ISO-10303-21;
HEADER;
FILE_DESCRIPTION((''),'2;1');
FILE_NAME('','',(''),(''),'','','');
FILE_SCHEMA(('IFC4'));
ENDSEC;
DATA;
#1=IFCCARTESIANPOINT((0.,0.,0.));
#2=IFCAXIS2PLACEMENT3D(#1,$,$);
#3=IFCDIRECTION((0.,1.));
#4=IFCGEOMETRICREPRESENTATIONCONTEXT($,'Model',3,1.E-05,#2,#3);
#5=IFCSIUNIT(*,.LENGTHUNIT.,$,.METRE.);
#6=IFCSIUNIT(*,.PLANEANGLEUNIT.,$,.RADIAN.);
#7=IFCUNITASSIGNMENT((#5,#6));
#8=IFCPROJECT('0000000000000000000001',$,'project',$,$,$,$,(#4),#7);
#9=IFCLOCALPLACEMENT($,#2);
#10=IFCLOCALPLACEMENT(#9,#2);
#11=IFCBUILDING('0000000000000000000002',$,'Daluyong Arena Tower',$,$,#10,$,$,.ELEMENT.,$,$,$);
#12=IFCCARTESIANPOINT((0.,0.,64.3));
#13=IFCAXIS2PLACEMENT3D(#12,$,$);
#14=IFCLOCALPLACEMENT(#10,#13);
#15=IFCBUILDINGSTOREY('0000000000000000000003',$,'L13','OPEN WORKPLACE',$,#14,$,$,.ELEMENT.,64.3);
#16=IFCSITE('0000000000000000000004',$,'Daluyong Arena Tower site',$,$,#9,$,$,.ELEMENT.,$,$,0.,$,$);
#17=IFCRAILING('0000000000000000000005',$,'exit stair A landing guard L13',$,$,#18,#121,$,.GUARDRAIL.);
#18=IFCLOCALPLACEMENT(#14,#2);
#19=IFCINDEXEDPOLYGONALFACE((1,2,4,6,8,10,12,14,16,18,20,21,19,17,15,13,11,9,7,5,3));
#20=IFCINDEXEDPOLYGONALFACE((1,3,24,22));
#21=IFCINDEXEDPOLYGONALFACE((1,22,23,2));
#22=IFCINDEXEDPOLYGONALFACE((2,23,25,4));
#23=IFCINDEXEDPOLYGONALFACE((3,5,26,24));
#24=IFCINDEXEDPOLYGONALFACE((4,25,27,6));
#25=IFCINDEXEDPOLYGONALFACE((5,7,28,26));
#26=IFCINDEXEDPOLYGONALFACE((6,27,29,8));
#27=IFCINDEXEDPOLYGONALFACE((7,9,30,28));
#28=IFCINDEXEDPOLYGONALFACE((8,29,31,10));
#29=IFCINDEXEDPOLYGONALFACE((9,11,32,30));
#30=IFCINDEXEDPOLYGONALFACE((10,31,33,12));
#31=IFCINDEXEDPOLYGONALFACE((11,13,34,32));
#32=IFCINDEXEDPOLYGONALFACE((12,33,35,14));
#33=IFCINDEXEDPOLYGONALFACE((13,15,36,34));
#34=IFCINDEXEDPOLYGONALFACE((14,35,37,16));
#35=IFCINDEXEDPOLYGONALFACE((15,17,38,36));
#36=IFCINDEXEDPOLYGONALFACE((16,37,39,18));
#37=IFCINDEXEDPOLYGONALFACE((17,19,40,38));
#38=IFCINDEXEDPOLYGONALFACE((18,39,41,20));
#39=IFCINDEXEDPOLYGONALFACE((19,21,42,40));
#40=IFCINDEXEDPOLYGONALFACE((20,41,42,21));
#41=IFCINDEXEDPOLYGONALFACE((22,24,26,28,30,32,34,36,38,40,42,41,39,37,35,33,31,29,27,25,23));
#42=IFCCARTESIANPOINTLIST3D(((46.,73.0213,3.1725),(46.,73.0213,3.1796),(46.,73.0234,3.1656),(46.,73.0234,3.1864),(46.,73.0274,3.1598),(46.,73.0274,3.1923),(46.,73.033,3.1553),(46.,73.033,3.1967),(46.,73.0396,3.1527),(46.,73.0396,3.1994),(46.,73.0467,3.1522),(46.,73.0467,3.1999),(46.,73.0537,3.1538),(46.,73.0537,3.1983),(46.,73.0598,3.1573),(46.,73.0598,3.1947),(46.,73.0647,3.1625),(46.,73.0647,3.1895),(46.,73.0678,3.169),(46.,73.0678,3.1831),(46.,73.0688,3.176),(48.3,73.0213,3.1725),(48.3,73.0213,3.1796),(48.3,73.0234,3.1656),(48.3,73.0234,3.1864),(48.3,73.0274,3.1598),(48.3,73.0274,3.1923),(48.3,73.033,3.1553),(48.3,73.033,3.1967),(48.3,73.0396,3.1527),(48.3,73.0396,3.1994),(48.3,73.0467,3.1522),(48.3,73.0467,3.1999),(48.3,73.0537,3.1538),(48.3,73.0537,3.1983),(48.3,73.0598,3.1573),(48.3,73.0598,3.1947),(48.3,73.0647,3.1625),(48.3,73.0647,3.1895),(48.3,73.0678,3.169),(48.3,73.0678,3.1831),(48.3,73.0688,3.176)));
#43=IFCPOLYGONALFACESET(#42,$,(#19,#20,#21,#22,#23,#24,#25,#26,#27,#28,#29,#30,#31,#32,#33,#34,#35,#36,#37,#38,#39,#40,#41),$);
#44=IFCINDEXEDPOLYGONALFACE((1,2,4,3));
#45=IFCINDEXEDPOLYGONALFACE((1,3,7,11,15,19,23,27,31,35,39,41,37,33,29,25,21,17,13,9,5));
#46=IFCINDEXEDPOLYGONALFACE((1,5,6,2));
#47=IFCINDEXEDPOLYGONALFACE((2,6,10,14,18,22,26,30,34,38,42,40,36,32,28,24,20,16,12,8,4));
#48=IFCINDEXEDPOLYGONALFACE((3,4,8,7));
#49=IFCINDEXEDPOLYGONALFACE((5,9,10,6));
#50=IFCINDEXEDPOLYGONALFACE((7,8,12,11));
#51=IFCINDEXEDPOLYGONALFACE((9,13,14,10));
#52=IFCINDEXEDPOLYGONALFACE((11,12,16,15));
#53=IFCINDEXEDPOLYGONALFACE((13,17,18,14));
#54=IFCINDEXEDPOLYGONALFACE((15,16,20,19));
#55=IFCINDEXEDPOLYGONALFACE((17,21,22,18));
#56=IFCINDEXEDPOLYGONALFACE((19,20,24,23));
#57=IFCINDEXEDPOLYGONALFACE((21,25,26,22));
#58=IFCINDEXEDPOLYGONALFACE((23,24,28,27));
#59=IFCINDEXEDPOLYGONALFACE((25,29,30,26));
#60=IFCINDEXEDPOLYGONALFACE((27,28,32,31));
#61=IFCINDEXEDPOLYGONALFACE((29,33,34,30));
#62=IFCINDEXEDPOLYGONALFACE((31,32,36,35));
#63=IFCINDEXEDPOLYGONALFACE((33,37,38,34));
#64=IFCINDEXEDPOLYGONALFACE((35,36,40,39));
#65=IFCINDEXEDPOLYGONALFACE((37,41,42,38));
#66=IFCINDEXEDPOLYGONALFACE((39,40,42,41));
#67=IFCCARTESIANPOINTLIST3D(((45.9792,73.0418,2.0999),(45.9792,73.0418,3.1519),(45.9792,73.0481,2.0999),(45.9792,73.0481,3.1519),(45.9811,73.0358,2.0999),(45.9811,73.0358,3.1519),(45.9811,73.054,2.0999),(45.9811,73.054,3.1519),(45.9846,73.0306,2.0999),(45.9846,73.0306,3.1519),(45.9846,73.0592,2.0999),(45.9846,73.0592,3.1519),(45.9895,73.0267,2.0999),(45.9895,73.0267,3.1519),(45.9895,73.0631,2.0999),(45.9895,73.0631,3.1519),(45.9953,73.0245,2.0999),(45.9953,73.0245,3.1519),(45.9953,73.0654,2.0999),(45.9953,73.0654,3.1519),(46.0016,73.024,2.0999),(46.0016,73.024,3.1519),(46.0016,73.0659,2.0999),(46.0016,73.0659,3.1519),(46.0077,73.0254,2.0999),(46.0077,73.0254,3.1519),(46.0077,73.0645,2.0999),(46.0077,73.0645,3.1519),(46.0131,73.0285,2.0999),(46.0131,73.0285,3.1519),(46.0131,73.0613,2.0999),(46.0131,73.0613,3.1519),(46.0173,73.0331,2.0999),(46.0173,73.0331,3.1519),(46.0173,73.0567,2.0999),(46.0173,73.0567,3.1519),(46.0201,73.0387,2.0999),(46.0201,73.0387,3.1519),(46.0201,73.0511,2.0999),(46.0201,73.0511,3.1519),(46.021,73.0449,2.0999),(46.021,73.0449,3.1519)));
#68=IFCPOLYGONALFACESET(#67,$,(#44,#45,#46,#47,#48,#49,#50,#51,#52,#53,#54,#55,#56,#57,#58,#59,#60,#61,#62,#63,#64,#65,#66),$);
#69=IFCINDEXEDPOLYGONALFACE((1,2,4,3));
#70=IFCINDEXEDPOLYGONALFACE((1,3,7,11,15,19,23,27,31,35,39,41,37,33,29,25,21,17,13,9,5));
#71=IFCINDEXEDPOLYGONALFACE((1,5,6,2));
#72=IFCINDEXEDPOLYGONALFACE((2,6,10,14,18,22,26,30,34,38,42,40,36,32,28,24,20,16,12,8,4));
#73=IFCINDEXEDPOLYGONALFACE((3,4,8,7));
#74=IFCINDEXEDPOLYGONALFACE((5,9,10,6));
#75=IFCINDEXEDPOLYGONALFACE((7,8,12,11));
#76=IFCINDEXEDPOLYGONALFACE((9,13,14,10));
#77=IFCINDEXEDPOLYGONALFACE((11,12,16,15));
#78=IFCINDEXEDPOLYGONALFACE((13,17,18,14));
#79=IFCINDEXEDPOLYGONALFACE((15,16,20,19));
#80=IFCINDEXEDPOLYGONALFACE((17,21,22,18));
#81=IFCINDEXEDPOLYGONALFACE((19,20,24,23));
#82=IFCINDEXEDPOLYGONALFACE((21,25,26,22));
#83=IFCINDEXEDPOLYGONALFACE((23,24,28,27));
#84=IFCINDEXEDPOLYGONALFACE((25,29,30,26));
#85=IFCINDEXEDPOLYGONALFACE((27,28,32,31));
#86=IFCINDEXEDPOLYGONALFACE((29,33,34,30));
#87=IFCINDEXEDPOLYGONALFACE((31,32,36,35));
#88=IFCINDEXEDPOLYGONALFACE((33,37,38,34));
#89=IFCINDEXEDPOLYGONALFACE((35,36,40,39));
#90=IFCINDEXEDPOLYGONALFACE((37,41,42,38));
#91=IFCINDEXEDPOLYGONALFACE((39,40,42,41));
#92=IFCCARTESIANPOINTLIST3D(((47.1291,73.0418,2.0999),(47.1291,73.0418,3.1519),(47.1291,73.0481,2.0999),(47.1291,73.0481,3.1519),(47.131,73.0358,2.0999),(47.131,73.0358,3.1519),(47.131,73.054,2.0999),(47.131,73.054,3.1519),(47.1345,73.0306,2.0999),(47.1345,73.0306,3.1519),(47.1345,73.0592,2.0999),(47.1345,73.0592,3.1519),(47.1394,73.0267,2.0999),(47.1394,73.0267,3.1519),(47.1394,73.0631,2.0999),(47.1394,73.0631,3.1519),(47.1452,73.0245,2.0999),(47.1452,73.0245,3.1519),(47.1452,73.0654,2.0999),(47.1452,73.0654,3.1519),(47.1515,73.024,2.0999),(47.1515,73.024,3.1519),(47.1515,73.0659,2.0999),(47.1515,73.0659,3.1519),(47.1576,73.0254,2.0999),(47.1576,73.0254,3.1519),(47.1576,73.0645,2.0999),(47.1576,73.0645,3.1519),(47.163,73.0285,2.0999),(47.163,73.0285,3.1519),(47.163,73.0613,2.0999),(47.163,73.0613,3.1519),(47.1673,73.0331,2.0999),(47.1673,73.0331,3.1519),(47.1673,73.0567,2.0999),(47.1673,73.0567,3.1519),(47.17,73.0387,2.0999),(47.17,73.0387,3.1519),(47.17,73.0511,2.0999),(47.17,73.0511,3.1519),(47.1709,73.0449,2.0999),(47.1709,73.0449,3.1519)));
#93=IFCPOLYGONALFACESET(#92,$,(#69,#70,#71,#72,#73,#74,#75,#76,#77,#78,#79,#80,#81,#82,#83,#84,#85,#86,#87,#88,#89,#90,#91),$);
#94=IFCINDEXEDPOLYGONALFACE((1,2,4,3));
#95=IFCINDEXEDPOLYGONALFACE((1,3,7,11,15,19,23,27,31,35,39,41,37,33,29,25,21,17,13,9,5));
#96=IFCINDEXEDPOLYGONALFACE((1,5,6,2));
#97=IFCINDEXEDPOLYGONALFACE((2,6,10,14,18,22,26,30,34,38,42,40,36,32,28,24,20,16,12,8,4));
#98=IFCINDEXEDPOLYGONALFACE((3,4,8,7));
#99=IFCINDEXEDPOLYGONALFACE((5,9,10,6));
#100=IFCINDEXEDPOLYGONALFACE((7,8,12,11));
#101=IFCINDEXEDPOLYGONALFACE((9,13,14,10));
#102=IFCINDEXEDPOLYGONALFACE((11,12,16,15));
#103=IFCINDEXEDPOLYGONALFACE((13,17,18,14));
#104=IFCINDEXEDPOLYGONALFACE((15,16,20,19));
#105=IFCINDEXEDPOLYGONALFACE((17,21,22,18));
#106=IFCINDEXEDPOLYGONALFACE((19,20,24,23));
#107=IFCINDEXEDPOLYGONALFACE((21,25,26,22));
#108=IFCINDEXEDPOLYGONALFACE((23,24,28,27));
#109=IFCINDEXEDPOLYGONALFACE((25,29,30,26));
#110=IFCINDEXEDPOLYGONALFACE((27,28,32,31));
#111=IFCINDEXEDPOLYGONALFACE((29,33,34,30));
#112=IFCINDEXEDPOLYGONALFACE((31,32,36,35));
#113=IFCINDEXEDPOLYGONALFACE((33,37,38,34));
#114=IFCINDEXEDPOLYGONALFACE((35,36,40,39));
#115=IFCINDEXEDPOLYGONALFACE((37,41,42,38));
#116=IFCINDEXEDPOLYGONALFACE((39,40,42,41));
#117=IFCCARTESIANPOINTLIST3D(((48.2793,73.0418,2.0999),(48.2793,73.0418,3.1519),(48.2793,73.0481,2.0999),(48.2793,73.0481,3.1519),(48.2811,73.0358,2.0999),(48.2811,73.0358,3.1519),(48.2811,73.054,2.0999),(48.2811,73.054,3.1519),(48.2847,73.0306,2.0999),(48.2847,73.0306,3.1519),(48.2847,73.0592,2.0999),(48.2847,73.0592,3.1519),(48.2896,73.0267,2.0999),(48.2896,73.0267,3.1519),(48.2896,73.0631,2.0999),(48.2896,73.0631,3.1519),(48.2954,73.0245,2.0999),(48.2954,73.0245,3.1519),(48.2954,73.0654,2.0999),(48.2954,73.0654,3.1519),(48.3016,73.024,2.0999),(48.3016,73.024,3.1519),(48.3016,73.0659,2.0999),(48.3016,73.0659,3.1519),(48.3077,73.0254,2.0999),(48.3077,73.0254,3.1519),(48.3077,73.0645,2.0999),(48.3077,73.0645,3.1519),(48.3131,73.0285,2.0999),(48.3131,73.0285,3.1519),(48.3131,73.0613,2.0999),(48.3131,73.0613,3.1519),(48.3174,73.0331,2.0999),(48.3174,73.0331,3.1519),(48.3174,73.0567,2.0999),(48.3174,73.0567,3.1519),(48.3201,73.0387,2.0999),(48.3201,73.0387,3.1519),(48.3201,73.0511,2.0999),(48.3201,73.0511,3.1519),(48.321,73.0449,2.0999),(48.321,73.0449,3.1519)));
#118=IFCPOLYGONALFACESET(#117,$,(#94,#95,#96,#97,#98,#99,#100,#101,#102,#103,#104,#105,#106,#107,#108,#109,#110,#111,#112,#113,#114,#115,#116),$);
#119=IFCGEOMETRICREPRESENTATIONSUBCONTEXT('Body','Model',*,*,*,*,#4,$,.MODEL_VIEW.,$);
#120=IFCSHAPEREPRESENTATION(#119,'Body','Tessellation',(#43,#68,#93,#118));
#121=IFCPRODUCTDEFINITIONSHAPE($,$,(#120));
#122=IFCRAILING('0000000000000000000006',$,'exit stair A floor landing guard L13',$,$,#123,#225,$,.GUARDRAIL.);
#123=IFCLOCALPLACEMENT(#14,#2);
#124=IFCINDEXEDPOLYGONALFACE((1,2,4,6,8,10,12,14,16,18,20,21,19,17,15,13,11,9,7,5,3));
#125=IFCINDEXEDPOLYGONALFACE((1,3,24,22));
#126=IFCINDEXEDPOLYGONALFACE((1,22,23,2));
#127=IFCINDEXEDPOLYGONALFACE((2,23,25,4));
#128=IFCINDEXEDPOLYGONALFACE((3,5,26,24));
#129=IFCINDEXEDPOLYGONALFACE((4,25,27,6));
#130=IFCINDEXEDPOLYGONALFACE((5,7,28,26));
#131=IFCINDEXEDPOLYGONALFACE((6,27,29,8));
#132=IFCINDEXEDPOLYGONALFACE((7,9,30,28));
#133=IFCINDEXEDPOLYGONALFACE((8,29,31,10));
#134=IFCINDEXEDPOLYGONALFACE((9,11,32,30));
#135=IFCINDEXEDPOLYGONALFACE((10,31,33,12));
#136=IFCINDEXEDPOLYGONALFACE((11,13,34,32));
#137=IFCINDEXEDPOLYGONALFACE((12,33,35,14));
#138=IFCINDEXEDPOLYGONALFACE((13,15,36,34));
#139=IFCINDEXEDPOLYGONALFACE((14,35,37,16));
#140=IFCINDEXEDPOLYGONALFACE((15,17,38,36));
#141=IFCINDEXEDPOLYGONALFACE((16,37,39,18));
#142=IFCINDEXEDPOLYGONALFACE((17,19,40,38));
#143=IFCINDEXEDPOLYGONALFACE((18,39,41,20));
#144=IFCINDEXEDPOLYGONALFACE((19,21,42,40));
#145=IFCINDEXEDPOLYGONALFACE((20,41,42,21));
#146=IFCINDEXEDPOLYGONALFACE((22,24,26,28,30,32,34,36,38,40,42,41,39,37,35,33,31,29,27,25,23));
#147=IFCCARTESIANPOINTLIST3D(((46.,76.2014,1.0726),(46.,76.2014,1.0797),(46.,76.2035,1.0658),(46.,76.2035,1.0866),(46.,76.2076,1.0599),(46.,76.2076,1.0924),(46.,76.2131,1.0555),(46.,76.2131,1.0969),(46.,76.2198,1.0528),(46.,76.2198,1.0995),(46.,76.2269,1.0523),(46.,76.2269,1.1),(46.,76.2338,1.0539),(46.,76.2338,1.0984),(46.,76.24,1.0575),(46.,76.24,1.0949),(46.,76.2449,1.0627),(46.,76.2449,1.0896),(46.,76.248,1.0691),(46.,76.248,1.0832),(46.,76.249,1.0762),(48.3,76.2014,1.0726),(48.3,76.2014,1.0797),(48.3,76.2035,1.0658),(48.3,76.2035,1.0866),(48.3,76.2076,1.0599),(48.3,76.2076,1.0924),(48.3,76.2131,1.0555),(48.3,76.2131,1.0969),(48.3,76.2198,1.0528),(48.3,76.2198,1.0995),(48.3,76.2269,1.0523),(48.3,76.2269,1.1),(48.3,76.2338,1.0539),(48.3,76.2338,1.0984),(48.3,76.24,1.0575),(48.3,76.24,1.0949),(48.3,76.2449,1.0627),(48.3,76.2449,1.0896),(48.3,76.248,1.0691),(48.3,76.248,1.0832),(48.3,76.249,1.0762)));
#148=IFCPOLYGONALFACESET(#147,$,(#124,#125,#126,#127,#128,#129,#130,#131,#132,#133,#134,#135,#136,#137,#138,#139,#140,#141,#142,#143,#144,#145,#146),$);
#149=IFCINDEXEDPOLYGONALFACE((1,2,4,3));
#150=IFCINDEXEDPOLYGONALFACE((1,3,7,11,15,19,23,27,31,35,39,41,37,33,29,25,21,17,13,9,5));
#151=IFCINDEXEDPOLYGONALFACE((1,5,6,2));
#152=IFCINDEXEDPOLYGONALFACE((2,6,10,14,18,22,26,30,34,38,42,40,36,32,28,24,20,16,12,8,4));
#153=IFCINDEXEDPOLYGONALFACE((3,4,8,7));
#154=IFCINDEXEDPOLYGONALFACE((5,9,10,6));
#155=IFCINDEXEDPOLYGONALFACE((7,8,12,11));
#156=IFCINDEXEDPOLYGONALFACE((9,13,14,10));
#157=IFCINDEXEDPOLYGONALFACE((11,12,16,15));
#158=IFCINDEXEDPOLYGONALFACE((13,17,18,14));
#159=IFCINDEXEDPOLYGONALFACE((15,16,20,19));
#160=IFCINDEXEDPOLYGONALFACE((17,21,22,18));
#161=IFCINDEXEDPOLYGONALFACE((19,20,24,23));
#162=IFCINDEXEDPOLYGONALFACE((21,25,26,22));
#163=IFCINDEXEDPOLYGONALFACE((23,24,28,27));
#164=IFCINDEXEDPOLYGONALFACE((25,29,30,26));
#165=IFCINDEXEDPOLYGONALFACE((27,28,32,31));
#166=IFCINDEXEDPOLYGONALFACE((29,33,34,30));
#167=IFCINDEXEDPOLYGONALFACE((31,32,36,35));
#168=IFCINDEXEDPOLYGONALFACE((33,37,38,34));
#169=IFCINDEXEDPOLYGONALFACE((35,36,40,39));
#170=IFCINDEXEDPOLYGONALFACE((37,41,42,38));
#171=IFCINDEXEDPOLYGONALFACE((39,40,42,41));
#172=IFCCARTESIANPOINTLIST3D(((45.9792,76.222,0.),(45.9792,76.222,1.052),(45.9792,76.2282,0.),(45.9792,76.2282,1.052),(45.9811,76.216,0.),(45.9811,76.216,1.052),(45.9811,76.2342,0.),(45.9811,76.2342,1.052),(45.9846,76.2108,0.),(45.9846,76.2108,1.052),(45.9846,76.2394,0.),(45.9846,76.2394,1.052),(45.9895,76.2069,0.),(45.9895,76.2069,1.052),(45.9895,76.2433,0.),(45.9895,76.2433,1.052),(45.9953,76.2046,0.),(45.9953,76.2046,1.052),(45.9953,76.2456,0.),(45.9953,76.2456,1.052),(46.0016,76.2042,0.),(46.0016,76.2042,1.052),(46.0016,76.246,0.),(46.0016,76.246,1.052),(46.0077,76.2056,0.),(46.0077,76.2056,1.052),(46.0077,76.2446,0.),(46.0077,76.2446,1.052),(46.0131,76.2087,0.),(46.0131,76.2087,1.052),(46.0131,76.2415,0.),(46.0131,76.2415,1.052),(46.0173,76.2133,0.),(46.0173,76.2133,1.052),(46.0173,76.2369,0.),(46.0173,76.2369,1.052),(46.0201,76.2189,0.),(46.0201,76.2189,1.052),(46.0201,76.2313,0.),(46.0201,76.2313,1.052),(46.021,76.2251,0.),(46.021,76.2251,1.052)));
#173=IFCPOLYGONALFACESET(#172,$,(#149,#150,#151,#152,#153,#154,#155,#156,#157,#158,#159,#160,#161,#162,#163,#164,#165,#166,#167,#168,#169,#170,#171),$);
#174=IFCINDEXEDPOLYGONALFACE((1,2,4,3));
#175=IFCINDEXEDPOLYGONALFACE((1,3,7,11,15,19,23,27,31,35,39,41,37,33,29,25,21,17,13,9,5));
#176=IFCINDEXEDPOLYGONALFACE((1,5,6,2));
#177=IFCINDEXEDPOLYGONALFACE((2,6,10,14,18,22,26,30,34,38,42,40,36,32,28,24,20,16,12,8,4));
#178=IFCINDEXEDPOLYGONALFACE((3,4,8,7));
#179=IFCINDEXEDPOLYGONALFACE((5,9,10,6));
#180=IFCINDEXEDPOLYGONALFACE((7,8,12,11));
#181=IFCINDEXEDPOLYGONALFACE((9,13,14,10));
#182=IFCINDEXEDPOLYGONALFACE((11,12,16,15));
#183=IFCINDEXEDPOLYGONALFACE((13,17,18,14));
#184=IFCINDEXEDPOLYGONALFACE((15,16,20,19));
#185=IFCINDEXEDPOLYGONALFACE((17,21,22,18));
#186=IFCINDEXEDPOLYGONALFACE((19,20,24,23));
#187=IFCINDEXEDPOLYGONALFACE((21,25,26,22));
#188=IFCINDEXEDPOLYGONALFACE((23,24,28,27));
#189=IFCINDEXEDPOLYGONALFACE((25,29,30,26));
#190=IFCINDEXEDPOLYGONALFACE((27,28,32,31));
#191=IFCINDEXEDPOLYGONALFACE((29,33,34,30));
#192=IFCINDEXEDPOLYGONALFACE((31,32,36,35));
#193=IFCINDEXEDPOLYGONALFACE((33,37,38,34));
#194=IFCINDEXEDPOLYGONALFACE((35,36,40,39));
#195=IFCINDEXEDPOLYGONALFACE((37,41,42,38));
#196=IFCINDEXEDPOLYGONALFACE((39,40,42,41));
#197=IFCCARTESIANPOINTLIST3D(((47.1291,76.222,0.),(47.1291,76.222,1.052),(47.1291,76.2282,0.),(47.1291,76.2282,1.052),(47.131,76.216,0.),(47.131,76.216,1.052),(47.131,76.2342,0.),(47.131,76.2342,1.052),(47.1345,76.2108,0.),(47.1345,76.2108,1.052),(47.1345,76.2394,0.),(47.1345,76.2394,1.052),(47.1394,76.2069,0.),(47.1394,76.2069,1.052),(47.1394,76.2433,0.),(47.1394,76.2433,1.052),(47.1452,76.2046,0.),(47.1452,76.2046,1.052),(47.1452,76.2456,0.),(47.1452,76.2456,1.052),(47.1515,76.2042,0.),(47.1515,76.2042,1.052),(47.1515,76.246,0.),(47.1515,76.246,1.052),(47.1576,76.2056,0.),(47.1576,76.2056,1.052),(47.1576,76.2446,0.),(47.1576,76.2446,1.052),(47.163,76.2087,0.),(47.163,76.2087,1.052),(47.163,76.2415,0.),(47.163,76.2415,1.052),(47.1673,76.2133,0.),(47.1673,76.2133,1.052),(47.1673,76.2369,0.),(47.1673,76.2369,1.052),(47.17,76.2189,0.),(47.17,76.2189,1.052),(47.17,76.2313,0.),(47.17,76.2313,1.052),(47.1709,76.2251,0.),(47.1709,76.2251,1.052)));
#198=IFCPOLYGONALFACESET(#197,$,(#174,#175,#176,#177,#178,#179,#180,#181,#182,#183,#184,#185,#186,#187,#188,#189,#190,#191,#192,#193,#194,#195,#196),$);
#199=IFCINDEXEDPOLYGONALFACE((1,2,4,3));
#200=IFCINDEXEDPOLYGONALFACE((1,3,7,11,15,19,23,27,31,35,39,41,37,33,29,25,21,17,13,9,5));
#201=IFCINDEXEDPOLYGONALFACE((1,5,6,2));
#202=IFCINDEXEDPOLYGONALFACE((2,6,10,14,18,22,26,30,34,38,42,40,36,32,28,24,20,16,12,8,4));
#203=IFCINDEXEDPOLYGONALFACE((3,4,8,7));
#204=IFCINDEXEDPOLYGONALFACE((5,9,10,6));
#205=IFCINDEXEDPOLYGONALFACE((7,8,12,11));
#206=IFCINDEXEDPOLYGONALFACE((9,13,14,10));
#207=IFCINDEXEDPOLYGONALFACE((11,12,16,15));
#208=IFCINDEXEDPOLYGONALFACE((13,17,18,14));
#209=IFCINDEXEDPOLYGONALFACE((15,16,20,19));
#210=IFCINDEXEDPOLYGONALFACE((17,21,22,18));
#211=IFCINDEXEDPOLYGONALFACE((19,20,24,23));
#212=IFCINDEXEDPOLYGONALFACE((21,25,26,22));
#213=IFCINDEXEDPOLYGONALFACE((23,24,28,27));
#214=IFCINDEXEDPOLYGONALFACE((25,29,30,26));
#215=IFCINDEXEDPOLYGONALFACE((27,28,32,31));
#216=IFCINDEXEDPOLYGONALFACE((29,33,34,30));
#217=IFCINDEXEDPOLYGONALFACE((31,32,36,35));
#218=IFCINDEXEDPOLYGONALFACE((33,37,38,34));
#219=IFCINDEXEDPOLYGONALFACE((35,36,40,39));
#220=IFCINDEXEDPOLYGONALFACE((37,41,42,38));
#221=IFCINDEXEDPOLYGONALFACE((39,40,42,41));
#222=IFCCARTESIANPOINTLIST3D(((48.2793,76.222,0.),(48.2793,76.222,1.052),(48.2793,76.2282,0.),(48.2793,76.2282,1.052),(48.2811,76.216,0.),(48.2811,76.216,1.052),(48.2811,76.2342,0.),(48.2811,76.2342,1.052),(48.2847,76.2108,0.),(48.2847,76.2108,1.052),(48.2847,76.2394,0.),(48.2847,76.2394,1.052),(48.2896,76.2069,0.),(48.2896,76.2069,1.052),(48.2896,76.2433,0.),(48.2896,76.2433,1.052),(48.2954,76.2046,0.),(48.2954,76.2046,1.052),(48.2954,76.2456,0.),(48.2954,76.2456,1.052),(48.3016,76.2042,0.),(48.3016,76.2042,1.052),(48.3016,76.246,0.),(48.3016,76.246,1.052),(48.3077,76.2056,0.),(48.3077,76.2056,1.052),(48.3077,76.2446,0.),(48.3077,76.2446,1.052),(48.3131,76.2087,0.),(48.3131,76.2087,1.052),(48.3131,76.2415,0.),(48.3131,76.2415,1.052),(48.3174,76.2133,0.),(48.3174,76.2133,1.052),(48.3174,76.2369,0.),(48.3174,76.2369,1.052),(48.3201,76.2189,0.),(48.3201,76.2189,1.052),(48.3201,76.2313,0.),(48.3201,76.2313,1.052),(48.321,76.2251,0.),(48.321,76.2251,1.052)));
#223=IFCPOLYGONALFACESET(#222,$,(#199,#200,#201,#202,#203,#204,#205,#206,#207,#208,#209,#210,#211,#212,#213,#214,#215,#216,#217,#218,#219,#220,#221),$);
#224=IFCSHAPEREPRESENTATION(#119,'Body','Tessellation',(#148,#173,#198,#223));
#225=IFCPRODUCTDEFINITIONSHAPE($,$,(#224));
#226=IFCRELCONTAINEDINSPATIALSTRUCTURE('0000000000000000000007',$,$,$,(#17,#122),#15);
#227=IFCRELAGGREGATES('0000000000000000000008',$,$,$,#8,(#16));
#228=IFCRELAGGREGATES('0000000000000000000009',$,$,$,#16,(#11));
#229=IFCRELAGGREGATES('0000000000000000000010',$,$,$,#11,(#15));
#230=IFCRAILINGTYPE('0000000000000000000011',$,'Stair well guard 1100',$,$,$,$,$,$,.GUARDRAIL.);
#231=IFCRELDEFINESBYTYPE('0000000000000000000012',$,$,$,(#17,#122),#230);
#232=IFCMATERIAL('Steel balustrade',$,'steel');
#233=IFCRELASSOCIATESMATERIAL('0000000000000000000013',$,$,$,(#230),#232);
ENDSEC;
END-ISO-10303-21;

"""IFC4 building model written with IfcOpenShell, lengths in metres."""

from ifc_helpers import new_model, si_unit, direction, frame, origin, origin_2d, place, context, subcontext, project, spatial, circle, extrude, material, type_object, element, save


model = new_model("IFC4")

# Units and contexts
model_context = context("Model", 3, precision=1e-05, world=origin(), true_north=direction((0.0, 1.0)))
body_context = subcontext(model_context, "Body", "Model", "MODEL_VIEW")
ifc_project = project(units=[si_unit("LENGTHUNIT", "METRE"), si_unit("PLANEANGLEUNIT", "RADIAN")], contexts=[model_context])

# Site, building, storey
site_placement = place(None, origin())
site = spatial("IfcSite", under=ifc_project, at=site_placement, Name="Daluyong Arena Tower site", CompositionType="ELEMENT", RefElevation=0.0)
building_placement = place(site_placement, origin())
building = spatial("IfcBuilding", under=site, at=building_placement, Name="Daluyong Arena Tower", CompositionType="ELEMENT")
storey_placement = place(building_placement, frame((0.0, 0.0, 64.3)))
storey = spatial("IfcBuildingStorey", under=building, at=storey_placement, Name="L13", Description="OPEN WORKPLACE", CompositionType="ELEMENT", Elevation=64.3)

# Railings
ifc_material_1 = material(Name="Steel balustrade", Category="steel")
railing_type_1 = type_object("IfcRailingType", Name="Stair well guard 1100", PredefinedType="GUARDRAIL", material=ifc_material_1)
for number, where, name in (
    (1, (46.0, 73.0449, 2.0999), "exit stair A landing guard L13"),
    (2, (46.0, 76.2251, 0.0), "exit stair A floor landing guard L13"),
):
    element("IfcRailing", number, at=place(storey_placement, frame(where)), inside=storey, type_object=railing_type_1, Name=name, PredefinedType="GUARDRAIL", context=body_context, shape_type="SweptSolid", body=[
        extrude(circle(Radius=0.0239, at=origin_2d()), frame((0.0, 0.0, 1.0762), z_axis=(1.0, 0.0, 0.0), x_axis=(0.0, 1.0, 0.0)), (0.0, 0.0, 1.0), 2.3),
        extrude(circle(Radius=0.021, at=origin_2d()), origin(), (0.0, 0.0, 1.0), 1.052),
        extrude(circle(Radius=0.021, at=origin_2d()), frame((1.1499, 0.0, 0.0)), (0.0, 0.0, 1.0), 1.052),
        extrude(circle(Radius=0.021, at=origin_2d()), frame((2.3, 0.0, 0.0)), (0.0, 0.0, 1.0), 1.052),
    ])

save(model, "model.ifc")
